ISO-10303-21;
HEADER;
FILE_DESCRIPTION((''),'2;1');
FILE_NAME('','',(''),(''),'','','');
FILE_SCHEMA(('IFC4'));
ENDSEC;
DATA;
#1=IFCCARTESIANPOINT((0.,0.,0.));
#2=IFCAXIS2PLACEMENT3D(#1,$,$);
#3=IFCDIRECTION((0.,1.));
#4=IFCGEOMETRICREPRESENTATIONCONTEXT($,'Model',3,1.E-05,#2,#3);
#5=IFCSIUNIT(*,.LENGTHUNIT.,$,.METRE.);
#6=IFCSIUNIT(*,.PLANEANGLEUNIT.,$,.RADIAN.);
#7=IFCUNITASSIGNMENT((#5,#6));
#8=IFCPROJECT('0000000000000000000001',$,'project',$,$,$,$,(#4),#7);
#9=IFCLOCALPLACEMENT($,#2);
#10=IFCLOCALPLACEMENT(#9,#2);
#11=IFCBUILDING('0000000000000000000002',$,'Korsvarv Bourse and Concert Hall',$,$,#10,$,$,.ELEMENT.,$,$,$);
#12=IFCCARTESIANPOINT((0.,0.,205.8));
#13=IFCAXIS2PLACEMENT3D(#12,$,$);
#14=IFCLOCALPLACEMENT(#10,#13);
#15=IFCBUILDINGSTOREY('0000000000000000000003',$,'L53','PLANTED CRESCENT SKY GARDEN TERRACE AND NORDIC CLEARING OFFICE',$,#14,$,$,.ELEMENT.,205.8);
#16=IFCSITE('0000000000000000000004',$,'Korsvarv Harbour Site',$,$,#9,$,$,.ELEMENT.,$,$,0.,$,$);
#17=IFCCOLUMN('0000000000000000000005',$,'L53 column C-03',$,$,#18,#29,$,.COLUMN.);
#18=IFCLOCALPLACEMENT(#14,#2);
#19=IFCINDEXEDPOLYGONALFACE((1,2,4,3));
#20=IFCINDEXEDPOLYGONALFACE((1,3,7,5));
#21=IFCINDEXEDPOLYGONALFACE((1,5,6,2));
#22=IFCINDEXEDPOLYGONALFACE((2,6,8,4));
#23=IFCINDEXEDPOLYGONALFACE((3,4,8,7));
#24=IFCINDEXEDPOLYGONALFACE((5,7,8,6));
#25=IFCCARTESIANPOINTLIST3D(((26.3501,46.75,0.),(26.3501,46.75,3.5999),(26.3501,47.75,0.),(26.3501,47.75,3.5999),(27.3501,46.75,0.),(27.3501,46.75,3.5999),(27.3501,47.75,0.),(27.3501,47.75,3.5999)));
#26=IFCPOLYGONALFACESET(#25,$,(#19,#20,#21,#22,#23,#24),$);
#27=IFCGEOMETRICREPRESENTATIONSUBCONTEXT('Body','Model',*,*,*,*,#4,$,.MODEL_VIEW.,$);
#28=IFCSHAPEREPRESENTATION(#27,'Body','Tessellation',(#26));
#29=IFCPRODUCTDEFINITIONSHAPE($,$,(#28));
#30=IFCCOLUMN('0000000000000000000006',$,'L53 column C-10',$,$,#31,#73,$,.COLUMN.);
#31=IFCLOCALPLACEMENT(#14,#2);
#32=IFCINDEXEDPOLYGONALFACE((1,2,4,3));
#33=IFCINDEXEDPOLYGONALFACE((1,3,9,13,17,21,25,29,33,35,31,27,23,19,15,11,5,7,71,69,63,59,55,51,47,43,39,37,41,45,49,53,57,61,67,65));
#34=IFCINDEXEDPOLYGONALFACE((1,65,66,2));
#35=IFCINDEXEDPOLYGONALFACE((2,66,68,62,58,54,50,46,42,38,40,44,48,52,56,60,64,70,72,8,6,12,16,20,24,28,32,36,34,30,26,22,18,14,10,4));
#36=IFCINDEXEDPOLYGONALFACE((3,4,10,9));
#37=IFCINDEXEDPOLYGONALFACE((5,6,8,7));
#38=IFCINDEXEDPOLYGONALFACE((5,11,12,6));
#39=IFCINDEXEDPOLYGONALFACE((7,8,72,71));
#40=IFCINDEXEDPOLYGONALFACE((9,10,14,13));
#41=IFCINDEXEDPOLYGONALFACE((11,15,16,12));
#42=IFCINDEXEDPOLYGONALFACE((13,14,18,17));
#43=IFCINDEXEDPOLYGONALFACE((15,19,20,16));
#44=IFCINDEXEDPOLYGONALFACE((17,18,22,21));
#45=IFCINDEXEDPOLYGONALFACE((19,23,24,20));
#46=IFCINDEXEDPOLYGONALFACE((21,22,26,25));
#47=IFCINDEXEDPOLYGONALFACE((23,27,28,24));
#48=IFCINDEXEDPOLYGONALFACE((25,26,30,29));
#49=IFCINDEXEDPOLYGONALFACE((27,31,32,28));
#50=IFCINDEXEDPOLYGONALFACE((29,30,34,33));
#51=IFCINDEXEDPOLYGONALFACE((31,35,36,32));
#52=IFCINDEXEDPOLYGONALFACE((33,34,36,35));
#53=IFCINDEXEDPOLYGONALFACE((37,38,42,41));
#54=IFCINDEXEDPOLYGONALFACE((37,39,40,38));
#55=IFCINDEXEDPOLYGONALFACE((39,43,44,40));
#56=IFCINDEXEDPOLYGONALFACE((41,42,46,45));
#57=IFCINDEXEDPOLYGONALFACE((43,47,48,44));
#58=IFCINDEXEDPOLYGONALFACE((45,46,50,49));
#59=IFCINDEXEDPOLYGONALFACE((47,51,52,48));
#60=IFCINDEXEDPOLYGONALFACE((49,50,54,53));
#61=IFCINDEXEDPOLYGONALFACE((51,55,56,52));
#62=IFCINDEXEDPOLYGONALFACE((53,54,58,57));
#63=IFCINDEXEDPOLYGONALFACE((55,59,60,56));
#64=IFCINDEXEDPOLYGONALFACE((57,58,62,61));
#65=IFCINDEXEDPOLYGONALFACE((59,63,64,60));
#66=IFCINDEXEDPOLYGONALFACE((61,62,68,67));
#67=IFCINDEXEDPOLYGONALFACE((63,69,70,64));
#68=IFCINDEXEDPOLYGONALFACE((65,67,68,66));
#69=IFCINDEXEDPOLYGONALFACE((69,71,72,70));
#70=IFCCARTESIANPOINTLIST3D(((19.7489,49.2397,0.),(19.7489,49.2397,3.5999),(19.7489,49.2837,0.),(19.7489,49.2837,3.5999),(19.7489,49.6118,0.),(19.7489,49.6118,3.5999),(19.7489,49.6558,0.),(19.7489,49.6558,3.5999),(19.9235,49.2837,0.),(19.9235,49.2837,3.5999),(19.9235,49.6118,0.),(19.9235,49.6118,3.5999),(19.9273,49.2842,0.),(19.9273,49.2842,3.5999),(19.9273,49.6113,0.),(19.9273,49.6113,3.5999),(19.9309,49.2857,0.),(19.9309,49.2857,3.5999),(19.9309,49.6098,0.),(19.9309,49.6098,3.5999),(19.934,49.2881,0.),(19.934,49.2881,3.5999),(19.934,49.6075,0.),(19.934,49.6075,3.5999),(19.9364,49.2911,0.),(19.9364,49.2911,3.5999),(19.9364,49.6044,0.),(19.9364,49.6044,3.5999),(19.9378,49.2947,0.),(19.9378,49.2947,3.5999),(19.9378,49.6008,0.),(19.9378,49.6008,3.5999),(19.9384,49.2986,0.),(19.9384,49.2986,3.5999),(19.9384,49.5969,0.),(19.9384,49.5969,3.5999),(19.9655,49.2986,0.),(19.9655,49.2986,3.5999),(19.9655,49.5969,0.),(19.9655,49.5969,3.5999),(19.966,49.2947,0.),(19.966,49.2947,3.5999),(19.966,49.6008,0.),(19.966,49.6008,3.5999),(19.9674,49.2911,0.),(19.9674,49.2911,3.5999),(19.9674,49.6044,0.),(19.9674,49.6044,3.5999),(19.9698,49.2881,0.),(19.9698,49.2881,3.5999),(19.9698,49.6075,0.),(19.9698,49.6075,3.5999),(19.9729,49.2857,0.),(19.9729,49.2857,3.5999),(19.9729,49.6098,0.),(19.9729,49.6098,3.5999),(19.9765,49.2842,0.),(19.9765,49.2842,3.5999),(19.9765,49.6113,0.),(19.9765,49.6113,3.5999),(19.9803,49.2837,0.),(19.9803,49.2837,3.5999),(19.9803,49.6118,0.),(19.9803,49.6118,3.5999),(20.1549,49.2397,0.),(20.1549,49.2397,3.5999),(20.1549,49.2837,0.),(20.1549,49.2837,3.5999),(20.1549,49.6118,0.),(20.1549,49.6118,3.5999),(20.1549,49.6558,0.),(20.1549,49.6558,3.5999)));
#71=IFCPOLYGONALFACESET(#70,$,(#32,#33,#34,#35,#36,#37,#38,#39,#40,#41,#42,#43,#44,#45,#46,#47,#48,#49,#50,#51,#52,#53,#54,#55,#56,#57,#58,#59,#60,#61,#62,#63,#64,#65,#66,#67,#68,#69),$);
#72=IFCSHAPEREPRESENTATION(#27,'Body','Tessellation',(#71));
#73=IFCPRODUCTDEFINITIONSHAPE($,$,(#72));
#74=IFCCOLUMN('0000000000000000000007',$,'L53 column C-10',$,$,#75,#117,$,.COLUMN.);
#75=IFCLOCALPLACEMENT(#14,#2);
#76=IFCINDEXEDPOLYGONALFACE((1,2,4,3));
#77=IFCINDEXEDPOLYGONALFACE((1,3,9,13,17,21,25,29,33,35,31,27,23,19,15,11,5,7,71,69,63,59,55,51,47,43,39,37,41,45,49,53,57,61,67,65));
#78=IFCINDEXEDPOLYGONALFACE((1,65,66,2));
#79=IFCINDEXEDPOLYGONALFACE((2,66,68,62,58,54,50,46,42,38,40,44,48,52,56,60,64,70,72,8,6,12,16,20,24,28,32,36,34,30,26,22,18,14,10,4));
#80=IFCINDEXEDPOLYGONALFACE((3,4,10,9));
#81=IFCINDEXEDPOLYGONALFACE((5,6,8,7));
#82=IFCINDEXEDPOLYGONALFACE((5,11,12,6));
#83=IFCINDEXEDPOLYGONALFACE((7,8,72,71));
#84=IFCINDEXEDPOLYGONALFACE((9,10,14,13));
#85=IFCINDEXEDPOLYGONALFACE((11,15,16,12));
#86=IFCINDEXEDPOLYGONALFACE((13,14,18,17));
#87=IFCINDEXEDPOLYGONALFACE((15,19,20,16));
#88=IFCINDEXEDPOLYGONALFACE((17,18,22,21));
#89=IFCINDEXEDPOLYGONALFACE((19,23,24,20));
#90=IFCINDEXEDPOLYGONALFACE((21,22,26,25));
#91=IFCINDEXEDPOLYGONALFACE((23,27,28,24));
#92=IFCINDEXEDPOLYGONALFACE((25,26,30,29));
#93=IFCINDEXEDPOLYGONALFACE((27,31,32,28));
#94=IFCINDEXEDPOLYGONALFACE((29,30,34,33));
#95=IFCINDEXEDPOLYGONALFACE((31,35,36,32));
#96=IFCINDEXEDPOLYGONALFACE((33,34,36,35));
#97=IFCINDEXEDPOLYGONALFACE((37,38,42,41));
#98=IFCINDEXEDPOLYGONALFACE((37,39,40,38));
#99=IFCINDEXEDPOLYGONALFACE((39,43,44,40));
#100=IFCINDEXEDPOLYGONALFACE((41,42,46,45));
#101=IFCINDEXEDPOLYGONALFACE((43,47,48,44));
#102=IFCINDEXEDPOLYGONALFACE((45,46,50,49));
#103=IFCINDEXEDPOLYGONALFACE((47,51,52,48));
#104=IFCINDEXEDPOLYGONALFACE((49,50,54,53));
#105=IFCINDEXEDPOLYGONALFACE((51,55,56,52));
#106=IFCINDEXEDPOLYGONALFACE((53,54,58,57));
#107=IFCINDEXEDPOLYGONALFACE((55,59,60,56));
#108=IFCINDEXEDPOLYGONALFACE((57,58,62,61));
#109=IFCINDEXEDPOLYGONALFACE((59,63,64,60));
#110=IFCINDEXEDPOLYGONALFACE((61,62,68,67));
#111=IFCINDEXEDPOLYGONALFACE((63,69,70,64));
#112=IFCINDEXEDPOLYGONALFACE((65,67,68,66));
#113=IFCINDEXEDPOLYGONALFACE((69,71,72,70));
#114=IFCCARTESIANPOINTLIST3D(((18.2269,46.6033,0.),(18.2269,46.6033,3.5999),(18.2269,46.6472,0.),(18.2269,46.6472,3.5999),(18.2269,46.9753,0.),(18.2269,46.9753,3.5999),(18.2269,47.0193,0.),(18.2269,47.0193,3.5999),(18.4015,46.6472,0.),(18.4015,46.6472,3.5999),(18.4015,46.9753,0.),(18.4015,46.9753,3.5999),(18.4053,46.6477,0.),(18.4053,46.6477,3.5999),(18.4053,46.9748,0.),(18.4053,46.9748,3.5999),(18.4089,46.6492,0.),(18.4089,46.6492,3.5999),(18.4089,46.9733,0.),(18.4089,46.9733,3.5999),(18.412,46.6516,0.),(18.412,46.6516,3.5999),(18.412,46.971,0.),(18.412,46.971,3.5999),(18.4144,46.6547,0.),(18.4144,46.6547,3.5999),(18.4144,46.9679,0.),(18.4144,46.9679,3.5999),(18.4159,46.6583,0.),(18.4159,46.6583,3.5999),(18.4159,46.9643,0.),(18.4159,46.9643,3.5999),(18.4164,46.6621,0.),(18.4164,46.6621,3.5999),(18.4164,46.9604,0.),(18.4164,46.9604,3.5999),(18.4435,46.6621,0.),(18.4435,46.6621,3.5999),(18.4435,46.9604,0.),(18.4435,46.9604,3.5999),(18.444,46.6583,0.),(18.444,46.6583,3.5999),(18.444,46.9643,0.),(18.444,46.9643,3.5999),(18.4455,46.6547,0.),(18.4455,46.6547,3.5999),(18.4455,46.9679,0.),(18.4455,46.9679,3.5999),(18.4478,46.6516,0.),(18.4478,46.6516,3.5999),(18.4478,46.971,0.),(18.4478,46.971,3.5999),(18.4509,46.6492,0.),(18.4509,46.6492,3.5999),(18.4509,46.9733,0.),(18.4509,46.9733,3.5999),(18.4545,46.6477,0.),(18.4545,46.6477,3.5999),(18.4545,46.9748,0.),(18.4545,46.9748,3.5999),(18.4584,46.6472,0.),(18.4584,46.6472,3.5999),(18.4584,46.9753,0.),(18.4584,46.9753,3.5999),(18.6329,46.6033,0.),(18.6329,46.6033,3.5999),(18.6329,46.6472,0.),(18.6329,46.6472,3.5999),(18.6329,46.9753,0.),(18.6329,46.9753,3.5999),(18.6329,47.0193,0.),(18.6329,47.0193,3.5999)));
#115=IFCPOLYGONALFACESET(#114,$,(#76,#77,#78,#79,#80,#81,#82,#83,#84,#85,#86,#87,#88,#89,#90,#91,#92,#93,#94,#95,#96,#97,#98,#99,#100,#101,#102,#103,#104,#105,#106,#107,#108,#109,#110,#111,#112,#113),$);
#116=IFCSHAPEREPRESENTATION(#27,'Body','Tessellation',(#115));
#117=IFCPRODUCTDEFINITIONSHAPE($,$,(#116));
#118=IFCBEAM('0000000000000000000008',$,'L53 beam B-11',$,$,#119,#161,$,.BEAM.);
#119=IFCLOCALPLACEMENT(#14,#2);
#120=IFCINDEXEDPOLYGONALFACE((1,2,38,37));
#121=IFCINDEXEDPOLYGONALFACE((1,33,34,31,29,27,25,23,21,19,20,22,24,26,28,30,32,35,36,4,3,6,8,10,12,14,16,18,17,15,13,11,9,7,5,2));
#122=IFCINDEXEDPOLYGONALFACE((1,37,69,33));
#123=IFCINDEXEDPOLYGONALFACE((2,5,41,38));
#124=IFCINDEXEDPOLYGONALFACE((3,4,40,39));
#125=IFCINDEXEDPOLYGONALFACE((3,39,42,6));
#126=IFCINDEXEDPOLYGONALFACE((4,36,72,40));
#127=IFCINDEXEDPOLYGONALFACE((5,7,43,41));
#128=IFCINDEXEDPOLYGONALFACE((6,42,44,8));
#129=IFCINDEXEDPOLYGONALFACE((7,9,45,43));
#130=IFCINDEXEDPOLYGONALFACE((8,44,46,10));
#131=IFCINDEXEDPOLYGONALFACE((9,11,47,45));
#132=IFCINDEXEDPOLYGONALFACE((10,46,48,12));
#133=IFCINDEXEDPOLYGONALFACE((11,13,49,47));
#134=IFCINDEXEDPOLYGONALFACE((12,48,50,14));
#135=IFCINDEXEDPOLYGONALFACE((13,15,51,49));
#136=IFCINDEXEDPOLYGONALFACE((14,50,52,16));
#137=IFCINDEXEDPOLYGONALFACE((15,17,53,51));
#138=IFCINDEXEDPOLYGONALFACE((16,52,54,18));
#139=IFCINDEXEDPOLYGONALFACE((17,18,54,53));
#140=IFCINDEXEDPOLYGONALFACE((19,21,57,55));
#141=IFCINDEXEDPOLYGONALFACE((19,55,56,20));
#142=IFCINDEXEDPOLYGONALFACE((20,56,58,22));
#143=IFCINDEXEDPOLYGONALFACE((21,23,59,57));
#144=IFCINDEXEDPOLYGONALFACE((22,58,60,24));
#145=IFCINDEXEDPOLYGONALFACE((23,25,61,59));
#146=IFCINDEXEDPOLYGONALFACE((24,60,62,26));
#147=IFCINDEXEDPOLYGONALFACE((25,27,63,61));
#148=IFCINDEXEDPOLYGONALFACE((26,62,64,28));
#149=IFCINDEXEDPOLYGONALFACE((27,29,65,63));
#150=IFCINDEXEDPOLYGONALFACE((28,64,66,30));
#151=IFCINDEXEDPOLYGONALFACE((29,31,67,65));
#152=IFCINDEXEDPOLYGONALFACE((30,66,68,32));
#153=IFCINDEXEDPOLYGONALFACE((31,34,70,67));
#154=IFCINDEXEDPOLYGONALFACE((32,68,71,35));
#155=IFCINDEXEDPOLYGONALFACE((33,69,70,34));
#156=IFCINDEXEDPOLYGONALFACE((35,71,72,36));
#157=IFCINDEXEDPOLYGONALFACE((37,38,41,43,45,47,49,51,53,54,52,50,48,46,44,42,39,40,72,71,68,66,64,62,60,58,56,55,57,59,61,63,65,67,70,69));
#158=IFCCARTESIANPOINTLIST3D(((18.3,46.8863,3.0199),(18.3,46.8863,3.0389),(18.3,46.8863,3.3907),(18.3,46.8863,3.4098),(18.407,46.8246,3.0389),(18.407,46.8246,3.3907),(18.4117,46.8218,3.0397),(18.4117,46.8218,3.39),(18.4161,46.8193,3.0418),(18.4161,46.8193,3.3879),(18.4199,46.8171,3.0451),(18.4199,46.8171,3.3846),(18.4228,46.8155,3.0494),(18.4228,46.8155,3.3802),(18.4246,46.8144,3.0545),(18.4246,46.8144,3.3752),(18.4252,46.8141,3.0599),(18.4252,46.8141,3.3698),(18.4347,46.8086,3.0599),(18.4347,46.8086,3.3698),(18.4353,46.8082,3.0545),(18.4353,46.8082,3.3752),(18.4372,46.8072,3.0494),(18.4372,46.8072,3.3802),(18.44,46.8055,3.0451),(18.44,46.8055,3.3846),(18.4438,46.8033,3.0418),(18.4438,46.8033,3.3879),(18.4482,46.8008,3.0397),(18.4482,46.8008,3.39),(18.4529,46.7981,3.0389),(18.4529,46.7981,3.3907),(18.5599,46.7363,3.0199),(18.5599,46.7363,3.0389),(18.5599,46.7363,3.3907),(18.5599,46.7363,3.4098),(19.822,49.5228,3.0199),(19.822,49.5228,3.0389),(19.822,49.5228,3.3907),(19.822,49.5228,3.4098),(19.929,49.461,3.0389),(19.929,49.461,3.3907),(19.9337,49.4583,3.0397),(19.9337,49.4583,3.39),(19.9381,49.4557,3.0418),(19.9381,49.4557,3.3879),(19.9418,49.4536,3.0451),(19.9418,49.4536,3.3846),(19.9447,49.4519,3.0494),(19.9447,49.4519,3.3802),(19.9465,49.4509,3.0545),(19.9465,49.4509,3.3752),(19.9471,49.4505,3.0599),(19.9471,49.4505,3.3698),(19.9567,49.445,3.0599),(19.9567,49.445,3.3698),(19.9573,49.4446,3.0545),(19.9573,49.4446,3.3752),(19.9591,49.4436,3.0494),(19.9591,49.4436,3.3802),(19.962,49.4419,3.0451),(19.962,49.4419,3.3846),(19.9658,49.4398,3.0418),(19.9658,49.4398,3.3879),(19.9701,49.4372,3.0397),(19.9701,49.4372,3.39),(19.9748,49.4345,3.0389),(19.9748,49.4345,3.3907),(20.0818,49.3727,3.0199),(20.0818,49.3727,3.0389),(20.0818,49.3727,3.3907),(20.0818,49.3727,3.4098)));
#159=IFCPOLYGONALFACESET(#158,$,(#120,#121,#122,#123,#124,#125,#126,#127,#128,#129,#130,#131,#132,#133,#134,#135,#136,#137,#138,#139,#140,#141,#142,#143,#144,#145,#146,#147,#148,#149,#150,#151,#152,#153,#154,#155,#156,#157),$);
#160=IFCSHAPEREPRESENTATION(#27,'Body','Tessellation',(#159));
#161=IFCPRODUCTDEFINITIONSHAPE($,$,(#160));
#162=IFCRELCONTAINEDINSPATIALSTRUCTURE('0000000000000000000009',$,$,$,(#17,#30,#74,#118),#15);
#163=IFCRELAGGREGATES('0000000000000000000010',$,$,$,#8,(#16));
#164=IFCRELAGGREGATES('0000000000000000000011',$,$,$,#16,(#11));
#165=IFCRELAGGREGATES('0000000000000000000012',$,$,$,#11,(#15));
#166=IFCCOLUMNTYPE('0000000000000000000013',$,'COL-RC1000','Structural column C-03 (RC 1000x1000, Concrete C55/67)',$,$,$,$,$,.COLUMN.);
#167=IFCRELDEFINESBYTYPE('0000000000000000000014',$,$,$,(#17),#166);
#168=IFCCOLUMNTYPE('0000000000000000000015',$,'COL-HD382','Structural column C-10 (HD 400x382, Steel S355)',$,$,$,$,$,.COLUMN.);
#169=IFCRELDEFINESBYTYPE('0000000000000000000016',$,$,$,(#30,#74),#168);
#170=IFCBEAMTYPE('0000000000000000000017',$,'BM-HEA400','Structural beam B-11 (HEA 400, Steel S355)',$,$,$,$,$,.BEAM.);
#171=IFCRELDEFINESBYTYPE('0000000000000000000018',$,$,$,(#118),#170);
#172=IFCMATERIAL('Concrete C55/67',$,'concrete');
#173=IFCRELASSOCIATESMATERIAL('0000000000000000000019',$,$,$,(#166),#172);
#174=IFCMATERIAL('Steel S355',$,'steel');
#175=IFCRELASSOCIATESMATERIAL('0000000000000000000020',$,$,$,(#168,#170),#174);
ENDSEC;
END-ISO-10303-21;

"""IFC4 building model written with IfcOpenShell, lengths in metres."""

from ifc_helpers import new_model, si_unit, direction, frame, origin, origin_2d, place, context, subcontext, project, spatial, rectangle, i_section, extrude, source, transform, mapped, material, material_profile, profile_set, type_object, element, save


model = new_model("IFC4")

# Units and contexts
model_context = context("Model", 3, precision=1e-05, world=origin(), true_north=direction((0.0, 1.0)))
body_context = subcontext(model_context, "Body", "Model", "MODEL_VIEW")
ifc_project = project(units=[si_unit("LENGTHUNIT", "METRE"), si_unit("PLANEANGLEUNIT", "RADIAN")], contexts=[model_context])

# Site, building, storey
site_placement = place(None, origin())
site = spatial("IfcSite", under=ifc_project, at=site_placement, Name="Korsvarv Harbour Site", CompositionType="ELEMENT", RefElevation=0.0)
building_placement = place(site_placement, origin())
building = spatial("IfcBuilding", under=site, at=building_placement, Name="Korsvarv Bourse and Concert Hall", CompositionType="ELEMENT")
storey_placement = place(building_placement, frame((0.0, 0.0, 205.8)))
storey = spatial("IfcBuildingStorey", under=building, at=storey_placement, Name="L53", Description="PLANTED CRESCENT SKY GARDEN TERRACE AND NORDIC CLEARING OFFICE", CompositionType="ELEMENT", Elevation=205.8)

# Columns
ifc_material_1 = material(Name="Concrete C55/67", Category="concrete")
ifc_material_profile_1 = material_profile(ifc_material_1, rectangle(XDim=1.0, YDim=1.0, at=origin_2d()), Name="RC 1000x1000")
ifc_profile_set_1 = profile_set([ifc_material_profile_1], Name="Concrete C55/67")
column_type_1 = type_object("IfcColumnType", Name="COL-RC1000", Description="Structural column C-03 (RC 1000x1000, Concrete C55/67)", PredefinedType="COLUMN", material=ifc_profile_set_1)
shared_shape_1 = source(origin(), body_context, "Body", "SweptSolid", [
    extrude(rectangle(XDim=1.0, YDim=1.0, at=origin_2d()), origin(), (0.0, 0.0, 1.0), 3.5999),
])
column_placement = place(storey_placement, frame((26.8501, 47.25, 0.0), z_axis=(0.0, 0.0, 1.0), x_axis=(1.0, 0.0, 0.0)))
element("IfcColumn", 1, at=column_placement, inside=storey, type_object=column_type_1, Name="L53 column C-03", PredefinedType="COLUMN", context=body_context, shape_type="MappedRepresentation", body=[
    mapped(shared_shape_1, transform((0.0, 0.0, 0.0), scale=1.0)),
])
ifc_material_2 = material(Name="Steel S355", Category="steel")
ifc_material_profile_2 = material_profile(ifc_material_2, i_section(OverallWidth=0.406, OverallDepth=0.416, WebThickness=0.0271, FlangeThickness=0.0439, FilletRadius=0.0149, at=origin_2d()), Name="HD 400x382")
ifc_profile_set_2 = profile_set([ifc_material_profile_2], Name="Steel S355")
column_type_2 = type_object("IfcColumnType", Name="COL-HD382", Description="Structural column C-10 (HD 400x382, Steel S355)", PredefinedType="COLUMN", material=ifc_profile_set_2)
shared_shape_2 = source(origin(), body_context, "Body", "SweptSolid", [
    extrude(i_section(OverallWidth=0.406, OverallDepth=0.416, WebThickness=0.0271, FlangeThickness=0.0439, FilletRadius=0.0149, at=origin_2d()), origin(), (0.0, 0.0, 1.0), 3.5999),
])
for number, where, z_axis, x_axis, name in (
    (2, (19.9519, 49.4478, 0.0), (0.0, 0.0, 1.0), (1.0, 0.0, 0.0), "L53 column C-10"),
    (3, (18.4299, 46.8113, 0.0), (0.0, 0.0, 1.0), (1.0, 0.0, 0.0), "L53 column C-10"),
):
    element("IfcColumn", number, at=place(storey_placement, frame(where, z_axis=z_axis, x_axis=x_axis)), inside=storey, type_object=column_type_2, Name=name, PredefinedType="COLUMN", context=body_context, shape_type="MappedRepresentation", body=[
        mapped(shared_shape_2, transform((0.0, 0.0, 0.0), scale=1.0)),
    ])

# Beam
ifc_material_profile_3 = material_profile(ifc_material_2, i_section(OverallWidth=0.3, OverallDepth=0.3899, WebThickness=0.011, FlangeThickness=0.019, FilletRadius=0.021, at=origin_2d()), Name="HEA 400")
ifc_profile_set_3 = profile_set([ifc_material_profile_3], Name="Steel S355")
beam_type_1 = type_object("IfcBeamType", Name="BM-HEA400", Description="Structural beam B-11 (HEA 400, Steel S355)", PredefinedType="BEAM", material=ifc_profile_set_3)
shared_shape_3 = source(origin(), body_context, "Body", "SweptSolid", [
    extrude(i_section(OverallWidth=0.3, OverallDepth=0.3899, WebThickness=0.011, FlangeThickness=0.019, FilletRadius=0.021, at=origin_2d()), origin(), (0.0, 0.0, 1.0), 3.0442),
])
beam_1_placement = place(storey_placement, frame((19.9519, 49.4478, 3.2148), z_axis=(-0.499952, -0.866053, 0.0), x_axis=(0.866053, -0.499952, 0.0)))
element("IfcBeam", 4, at=beam_1_placement, inside=storey, type_object=beam_type_1, Name="L53 beam B-11", PredefinedType="BEAM", context=body_context, shape_type="MappedRepresentation", body=[
    mapped(shared_shape_3, transform((0.0, 0.0, 0.0), scale=1.0)),
])

save(model, "model.ifc")
